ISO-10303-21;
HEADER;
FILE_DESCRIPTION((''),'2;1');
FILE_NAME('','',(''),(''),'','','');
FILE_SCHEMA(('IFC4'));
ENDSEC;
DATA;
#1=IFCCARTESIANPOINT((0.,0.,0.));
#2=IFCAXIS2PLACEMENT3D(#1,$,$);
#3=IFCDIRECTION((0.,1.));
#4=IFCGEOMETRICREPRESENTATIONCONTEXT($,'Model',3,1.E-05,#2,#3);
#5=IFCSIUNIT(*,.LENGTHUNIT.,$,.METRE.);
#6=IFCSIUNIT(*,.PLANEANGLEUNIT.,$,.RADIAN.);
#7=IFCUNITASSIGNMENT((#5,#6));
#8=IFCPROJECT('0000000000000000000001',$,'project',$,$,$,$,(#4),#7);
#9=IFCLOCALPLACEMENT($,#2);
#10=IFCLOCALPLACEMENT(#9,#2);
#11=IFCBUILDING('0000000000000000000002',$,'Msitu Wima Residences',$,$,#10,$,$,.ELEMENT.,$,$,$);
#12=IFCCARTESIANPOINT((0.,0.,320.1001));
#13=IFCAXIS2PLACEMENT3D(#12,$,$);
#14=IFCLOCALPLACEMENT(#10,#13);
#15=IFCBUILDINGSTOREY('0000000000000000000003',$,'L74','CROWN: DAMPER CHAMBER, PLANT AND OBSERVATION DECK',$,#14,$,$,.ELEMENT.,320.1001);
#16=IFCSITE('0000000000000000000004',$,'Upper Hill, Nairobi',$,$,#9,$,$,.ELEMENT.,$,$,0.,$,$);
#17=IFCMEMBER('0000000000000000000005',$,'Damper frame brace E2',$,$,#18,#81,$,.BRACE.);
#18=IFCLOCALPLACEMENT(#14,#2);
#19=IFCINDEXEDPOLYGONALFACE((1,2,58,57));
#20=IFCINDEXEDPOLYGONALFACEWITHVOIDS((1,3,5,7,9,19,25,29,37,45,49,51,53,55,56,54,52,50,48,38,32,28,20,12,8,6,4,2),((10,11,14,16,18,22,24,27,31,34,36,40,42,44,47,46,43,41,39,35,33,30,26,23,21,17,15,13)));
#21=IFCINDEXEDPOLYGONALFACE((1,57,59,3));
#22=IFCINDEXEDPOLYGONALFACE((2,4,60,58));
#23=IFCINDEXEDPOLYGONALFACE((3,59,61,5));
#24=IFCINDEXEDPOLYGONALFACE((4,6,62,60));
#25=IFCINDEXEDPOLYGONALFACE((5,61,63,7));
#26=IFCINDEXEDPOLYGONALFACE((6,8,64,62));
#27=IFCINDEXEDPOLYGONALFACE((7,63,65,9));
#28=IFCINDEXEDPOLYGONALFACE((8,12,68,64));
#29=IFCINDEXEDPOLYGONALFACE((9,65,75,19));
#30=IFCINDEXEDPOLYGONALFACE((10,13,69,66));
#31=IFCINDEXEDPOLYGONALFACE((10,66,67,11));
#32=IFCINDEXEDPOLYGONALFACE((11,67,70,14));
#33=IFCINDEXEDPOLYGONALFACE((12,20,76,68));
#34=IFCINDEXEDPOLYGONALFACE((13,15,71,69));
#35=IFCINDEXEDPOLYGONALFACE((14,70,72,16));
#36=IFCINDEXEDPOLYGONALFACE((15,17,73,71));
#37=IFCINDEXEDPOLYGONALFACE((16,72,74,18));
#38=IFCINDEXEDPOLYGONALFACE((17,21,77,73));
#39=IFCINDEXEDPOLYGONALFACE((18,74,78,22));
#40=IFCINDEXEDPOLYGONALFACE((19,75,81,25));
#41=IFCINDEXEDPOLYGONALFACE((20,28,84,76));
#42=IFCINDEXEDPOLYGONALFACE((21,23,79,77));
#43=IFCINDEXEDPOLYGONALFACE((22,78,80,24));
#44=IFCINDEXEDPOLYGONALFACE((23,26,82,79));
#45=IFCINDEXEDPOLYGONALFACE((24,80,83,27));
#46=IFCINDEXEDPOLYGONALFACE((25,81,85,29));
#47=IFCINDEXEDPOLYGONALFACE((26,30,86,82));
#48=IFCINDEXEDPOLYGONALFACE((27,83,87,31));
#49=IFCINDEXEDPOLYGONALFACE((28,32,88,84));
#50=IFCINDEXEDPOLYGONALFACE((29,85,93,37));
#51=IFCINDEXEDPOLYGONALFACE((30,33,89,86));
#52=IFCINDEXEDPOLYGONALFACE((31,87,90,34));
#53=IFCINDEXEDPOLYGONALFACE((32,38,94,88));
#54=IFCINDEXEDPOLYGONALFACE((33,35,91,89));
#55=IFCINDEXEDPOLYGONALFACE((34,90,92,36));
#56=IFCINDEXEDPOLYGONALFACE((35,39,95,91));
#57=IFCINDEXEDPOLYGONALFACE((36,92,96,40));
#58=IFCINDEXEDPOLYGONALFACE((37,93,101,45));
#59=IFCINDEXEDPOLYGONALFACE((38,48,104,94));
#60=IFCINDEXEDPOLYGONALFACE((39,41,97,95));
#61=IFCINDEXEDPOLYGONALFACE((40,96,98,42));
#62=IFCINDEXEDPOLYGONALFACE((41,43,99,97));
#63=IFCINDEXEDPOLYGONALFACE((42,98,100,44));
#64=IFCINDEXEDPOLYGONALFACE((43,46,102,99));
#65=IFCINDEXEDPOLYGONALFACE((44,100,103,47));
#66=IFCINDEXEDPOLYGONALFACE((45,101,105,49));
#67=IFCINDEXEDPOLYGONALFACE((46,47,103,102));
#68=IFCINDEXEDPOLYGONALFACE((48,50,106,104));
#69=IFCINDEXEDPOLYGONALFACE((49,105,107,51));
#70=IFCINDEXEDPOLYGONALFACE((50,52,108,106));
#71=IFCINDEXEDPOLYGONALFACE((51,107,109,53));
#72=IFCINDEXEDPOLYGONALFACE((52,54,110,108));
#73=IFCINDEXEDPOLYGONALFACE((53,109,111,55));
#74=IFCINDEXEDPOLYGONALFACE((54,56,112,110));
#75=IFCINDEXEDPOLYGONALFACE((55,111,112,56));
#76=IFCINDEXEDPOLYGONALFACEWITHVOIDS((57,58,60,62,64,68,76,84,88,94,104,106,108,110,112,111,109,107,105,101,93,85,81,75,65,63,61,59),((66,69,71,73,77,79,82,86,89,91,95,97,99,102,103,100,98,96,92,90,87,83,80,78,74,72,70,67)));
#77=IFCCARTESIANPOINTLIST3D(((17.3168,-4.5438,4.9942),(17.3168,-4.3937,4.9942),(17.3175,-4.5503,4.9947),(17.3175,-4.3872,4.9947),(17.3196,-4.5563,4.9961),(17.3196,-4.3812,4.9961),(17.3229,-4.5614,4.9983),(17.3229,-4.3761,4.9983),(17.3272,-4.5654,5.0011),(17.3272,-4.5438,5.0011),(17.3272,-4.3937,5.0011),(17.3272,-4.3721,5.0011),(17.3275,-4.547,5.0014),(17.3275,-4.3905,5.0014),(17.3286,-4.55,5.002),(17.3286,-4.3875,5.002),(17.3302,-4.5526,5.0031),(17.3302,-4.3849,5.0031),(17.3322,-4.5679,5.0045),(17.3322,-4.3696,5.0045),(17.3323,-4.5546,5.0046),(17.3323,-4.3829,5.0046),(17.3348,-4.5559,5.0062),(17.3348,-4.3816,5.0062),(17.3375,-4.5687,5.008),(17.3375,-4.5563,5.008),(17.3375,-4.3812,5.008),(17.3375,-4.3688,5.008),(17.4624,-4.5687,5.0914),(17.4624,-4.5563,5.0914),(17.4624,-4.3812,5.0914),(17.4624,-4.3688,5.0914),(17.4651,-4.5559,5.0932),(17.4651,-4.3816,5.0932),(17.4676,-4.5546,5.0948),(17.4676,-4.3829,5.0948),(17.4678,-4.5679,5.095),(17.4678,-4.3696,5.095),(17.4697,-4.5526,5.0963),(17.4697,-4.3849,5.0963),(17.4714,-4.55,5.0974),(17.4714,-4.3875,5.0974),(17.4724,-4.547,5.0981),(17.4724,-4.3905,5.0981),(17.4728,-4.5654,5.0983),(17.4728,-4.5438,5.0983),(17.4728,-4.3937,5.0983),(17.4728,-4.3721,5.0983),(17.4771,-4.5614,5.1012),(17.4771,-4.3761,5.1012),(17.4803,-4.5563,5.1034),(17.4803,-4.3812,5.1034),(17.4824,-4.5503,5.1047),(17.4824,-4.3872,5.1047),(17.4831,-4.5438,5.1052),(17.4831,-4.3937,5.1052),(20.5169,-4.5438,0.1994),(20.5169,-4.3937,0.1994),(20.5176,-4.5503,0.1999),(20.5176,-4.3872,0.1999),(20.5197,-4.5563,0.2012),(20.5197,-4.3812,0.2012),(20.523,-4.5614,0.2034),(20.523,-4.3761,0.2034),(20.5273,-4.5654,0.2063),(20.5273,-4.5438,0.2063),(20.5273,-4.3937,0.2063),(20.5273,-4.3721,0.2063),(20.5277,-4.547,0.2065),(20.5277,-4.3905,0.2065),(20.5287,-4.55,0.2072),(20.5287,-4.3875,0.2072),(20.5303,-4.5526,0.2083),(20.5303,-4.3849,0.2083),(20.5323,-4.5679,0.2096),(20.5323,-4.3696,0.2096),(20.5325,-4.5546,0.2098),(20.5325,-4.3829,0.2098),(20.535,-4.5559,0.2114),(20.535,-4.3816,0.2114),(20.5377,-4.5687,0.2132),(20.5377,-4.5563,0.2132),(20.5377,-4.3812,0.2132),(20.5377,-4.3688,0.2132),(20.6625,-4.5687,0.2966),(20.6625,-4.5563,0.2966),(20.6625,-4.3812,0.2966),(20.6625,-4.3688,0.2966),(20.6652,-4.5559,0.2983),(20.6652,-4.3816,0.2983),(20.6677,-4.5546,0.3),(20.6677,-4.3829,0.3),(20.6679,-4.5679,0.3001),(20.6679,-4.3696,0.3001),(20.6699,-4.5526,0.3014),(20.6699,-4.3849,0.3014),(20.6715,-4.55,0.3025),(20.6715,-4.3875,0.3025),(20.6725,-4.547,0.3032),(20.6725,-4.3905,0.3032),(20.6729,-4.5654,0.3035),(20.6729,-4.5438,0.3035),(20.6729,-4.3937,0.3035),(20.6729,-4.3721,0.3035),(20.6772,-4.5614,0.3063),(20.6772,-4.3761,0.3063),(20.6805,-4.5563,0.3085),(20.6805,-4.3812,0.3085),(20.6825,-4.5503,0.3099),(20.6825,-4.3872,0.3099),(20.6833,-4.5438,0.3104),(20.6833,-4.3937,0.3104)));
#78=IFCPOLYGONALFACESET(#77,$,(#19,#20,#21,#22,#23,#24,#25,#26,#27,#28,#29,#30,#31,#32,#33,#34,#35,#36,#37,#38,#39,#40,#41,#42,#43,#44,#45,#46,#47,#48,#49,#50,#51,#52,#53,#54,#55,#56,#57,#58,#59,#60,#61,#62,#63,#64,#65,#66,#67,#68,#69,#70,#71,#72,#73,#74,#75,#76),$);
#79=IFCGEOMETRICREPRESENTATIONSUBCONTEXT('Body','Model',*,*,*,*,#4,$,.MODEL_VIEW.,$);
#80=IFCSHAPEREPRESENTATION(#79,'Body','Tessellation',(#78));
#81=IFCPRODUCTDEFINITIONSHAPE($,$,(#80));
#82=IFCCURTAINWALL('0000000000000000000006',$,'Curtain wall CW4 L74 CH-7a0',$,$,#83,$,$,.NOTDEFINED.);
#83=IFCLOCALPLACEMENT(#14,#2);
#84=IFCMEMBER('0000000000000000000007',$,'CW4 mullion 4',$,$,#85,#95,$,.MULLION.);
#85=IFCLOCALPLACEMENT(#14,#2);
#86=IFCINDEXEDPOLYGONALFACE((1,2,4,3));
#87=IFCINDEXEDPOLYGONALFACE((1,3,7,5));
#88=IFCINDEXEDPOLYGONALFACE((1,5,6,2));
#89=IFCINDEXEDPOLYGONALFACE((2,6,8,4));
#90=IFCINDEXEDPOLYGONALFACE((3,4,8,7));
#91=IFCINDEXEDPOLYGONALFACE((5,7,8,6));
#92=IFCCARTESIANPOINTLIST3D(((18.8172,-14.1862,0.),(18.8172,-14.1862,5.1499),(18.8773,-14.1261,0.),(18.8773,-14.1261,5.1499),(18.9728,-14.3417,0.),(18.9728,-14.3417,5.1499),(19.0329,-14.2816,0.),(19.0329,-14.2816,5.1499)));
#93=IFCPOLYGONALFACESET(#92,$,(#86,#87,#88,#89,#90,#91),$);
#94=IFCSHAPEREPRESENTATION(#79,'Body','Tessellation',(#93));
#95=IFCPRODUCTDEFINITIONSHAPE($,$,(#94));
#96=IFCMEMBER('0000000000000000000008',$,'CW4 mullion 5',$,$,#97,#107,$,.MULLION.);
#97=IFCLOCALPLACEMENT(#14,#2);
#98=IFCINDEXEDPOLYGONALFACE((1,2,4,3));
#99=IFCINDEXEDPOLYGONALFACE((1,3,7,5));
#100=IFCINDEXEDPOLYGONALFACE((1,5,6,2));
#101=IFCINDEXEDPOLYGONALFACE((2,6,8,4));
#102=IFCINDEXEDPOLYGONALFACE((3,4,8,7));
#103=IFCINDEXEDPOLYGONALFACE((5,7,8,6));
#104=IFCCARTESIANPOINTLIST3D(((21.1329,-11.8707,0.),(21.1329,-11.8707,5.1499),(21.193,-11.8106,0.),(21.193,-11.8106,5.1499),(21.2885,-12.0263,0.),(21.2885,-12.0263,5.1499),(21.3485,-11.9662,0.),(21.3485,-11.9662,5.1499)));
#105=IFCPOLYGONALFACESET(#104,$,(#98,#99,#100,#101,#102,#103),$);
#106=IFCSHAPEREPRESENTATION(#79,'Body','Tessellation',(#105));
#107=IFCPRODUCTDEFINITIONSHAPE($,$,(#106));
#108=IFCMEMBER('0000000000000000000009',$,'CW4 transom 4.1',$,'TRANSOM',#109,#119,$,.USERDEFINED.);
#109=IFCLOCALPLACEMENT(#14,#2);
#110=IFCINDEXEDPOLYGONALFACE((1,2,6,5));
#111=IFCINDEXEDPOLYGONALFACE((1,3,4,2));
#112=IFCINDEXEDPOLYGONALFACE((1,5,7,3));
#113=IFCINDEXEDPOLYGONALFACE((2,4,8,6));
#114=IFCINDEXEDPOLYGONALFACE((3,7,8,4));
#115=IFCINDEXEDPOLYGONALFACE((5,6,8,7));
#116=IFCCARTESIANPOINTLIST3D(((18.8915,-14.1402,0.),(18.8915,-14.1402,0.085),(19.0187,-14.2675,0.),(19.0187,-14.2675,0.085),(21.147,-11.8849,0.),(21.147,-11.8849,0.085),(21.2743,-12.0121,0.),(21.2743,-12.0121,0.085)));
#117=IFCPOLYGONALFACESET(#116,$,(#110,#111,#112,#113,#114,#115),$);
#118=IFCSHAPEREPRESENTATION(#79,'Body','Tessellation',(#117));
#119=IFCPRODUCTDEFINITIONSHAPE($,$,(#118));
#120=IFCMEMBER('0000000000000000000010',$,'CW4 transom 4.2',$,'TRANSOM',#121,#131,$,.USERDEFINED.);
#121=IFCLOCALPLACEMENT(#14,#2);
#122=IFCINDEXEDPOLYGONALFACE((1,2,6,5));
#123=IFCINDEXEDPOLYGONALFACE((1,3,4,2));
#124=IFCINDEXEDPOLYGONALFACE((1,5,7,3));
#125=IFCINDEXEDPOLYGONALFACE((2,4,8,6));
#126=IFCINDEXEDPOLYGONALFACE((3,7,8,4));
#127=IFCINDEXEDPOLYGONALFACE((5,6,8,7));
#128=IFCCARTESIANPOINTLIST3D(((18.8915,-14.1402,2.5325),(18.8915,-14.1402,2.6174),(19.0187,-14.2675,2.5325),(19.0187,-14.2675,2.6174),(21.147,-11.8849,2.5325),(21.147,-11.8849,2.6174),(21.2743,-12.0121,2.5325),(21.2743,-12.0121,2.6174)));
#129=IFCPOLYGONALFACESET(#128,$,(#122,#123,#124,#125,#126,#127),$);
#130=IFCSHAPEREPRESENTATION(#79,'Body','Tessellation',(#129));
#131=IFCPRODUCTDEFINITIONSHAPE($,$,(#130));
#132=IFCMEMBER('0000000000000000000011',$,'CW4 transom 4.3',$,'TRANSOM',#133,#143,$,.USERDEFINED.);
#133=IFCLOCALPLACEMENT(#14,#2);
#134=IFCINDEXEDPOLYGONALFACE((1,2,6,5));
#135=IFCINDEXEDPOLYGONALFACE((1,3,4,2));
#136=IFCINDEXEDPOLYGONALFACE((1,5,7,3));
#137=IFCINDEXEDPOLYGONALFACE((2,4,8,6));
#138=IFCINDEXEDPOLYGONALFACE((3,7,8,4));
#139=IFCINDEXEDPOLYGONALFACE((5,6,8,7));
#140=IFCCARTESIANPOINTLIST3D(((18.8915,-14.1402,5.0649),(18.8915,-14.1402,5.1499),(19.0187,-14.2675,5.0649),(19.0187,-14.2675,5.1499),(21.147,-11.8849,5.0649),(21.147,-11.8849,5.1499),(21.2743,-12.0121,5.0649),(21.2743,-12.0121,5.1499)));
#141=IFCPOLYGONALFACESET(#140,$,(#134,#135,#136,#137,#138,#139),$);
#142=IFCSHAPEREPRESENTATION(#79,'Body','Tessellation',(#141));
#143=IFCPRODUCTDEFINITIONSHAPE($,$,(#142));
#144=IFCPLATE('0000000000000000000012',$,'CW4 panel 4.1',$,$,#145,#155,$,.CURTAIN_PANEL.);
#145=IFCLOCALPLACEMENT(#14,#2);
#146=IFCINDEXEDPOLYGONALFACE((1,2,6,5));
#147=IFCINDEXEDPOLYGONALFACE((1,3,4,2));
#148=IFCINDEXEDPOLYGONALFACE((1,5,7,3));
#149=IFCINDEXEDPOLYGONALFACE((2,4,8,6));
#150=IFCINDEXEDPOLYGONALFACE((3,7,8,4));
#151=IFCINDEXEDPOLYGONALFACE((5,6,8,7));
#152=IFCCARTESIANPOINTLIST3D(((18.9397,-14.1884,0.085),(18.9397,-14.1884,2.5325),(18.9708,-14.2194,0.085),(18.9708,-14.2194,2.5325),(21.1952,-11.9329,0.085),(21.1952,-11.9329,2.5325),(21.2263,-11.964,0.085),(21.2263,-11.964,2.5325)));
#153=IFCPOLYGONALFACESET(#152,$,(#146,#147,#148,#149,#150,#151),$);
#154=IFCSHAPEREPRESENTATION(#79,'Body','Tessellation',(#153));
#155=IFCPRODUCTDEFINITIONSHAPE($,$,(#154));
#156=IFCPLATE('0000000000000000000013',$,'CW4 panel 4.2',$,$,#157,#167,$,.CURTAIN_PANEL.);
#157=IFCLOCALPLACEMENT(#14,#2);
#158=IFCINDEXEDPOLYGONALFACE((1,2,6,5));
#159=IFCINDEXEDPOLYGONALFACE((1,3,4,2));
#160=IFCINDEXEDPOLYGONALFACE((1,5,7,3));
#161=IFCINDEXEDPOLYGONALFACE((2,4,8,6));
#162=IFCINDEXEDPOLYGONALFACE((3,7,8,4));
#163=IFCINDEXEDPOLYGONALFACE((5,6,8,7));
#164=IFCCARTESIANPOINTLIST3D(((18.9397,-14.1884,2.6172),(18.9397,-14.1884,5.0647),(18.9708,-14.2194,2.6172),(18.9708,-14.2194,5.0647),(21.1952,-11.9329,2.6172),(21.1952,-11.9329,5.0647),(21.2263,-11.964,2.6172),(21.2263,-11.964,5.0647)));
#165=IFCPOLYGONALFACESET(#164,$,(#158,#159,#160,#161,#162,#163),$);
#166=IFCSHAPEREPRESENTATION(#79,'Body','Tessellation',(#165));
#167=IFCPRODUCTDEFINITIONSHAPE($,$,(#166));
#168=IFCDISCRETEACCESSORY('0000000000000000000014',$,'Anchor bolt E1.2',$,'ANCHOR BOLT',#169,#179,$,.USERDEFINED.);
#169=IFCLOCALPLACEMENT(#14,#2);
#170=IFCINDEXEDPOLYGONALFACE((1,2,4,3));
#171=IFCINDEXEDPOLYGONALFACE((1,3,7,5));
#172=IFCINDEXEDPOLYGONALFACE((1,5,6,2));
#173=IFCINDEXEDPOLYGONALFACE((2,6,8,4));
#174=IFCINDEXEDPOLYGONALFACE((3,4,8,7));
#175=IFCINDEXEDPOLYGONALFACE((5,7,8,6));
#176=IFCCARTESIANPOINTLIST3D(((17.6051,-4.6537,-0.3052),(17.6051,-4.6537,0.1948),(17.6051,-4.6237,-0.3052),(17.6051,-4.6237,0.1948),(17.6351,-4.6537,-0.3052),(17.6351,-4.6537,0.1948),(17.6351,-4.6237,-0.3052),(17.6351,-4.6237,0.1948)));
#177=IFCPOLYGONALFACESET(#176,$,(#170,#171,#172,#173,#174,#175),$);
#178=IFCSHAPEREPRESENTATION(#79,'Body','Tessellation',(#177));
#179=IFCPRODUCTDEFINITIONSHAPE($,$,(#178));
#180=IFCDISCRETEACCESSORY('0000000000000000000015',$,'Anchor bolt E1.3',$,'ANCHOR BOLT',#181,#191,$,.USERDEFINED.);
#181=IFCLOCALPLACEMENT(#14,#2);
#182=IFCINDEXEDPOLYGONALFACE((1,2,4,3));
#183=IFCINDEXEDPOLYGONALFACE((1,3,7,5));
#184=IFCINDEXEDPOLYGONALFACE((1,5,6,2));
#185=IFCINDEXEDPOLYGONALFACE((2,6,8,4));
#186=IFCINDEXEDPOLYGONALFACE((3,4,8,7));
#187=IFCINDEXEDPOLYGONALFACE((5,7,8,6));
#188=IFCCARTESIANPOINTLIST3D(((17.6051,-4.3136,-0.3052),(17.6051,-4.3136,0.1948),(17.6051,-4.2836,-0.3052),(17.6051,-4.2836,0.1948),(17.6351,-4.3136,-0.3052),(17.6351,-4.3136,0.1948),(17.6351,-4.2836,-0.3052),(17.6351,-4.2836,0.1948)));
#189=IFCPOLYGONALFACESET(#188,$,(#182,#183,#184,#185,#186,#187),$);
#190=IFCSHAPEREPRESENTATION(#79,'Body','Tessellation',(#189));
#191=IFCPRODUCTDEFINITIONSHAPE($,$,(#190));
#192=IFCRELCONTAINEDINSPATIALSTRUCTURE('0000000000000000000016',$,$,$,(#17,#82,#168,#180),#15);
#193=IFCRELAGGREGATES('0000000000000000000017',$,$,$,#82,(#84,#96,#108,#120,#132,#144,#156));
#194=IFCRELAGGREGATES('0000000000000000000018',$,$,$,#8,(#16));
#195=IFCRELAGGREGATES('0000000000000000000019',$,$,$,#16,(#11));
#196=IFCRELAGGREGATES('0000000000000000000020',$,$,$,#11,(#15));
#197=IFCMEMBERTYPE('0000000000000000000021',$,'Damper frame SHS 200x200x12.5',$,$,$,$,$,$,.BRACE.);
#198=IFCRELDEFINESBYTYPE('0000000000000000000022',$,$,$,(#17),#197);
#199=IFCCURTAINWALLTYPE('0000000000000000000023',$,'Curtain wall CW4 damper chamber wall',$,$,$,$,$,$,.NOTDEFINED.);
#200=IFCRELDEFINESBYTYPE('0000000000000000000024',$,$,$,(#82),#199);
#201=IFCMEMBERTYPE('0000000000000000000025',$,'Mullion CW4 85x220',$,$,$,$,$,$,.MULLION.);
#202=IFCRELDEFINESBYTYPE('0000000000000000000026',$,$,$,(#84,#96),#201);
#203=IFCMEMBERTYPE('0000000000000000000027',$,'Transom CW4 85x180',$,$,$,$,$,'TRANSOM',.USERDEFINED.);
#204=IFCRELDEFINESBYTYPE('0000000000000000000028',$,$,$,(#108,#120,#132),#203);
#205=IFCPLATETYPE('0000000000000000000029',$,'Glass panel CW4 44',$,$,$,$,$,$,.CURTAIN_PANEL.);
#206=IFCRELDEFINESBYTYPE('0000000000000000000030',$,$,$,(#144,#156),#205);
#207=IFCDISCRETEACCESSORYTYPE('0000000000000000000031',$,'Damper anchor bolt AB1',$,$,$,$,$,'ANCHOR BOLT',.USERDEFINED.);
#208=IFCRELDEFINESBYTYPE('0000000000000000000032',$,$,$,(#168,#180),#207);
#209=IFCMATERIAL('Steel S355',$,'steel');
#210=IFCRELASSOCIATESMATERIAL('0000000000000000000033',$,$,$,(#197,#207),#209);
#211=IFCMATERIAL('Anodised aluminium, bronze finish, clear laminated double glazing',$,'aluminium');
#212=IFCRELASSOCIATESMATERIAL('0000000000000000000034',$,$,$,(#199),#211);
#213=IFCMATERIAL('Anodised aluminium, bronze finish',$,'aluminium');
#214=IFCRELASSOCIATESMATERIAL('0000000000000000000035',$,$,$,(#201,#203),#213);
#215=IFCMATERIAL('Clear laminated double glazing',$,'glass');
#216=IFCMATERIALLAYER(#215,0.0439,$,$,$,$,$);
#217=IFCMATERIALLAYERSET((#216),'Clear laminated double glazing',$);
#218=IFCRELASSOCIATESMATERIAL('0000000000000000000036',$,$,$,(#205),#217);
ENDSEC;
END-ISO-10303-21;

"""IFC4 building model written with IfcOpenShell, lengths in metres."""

from ifc_helpers import new_model, si_unit, direction, frame, origin, origin_2d, place, context, subcontext, project, spatial, rectangle, hollow_rectangle, extrude, material, layer, layer_set, material_profile, profile_set, type_object, element, aggregate, save


model = new_model("IFC4")

# Units and contexts
model_context = context("Model", 3, precision=1e-05, world=origin(), true_north=direction((0.0, 1.0)))
body_context = subcontext(model_context, "Body", "Model", "MODEL_VIEW")
ifc_project = project(units=[si_unit("LENGTHUNIT", "METRE"), si_unit("PLANEANGLEUNIT", "RADIAN")], contexts=[model_context])

# Site, building, storey
site_placement = place(None, origin())
site = spatial("IfcSite", under=ifc_project, at=site_placement, Name="Upper Hill, Nairobi", CompositionType="ELEMENT", RefElevation=0.0)
building_placement = place(site_placement, origin())
building = spatial("IfcBuilding", under=site, at=building_placement, Name="Msitu Wima Residences", CompositionType="ELEMENT")
storey_placement = place(building_placement, frame((0.0, 0.0, 320.1001)))
storey = spatial("IfcBuildingStorey", under=building, at=storey_placement, Name="L74", Description="CROWN: DAMPER CHAMBER, PLANT AND OBSERVATION DECK", CompositionType="ELEMENT", Elevation=320.1001)

# Shared definitions
ifc_material_1 = material(Name="Steel S355", Category="steel")

# Member
ifc_material_profile_1 = material_profile(ifc_material_1, hollow_rectangle(XDim=0.2, YDim=0.2, WallThickness=0.0125, InnerFilletRadius=0.0125, OuterFilletRadius=0.0249, at=origin_2d()), Name="SHS 200x200x12.5")
ifc_profile_set_1 = profile_set([ifc_material_profile_1], Name="Steel S355")
member_type_1 = type_object("IfcMemberType", Name="Damper frame SHS 200x200x12.5", PredefinedType="BRACE", material=ifc_profile_set_1)
member_1_placement = place(storey_placement, frame((20.6001, -4.4688, 0.2549), z_axis=(-0.55513, 0.0, 0.831764), x_axis=(0.0, -1.0, 0.0)))
element("IfcMember", 1, at=member_1_placement, inside=storey, type_object=member_type_1, Name="Damper frame brace E2", PredefinedType="BRACE", context=body_context, shape_type="SweptSolid", body=[
    extrude(hollow_rectangle(XDim=0.2, YDim=0.2, WallThickness=0.0125, InnerFilletRadius=0.0125, OuterFilletRadius=0.0249, at=origin_2d()), origin(), (0.0, 0.0, 1.0), 5.7646),
])

# Curtain wall, members, plates
ifc_material_2 = material(Name="Anodised aluminium, bronze finish, clear laminated double glazing", Category="aluminium")
curtain_wall_type = type_object("IfcCurtainWallType", Name="Curtain wall CW4 damper chamber wall", PredefinedType="NOTDEFINED", material=ifc_material_2)
curtain_wall_placement = place(storey_placement, origin())
curtain_wall = element("IfcCurtainWall", 2, at=curtain_wall_placement, inside=storey, type_object=curtain_wall_type, Name="Curtain wall CW4 L74 CH-7a0", PredefinedType="NOTDEFINED")
ifc_material_3 = material(Name="Anodised aluminium, bronze finish", Category="aluminium")
ifc_material_profile_2 = material_profile(ifc_material_3, rectangle(XDim=0.22, YDim=0.085, at=origin_2d()), Name="Mullion 85x220")
ifc_profile_set_2 = profile_set([ifc_material_profile_2], Name="Anodised aluminium, bronze finish")
member_type_2 = type_object("IfcMemberType", Name="Mullion CW4 85x220", PredefinedType="MULLION", material=ifc_profile_set_2)
member_2_placement = place(storey_placement, frame((18.925, -14.2339, 0.0), z_axis=(0.0, 0.0, 1.0), x_axis=(-0.707107, 0.707107, 0.0)))
member_2 = element("IfcMember", 3, at=member_2_placement, type_object=member_type_2, Name="CW4 mullion 4", PredefinedType="MULLION", context=body_context, shape_type="SweptSolid", body=[
    extrude(rectangle(XDim=0.22, YDim=0.085, at=origin_2d()), origin(), (0.0, 0.0, 1.0), 5.1499),
])
member_3_placement = place(storey_placement, frame((21.2407, -11.9185, 0.0), z_axis=(0.0, 0.0, 1.0), x_axis=(-0.707107, 0.707107, 0.0)))
member_3 = element("IfcMember", 4, at=member_3_placement, type_object=member_type_2, Name="CW4 mullion 5", PredefinedType="MULLION", context=body_context, shape_type="SweptSolid", body=[
    extrude(rectangle(XDim=0.22, YDim=0.085, at=origin_2d()), origin(), (0.0, 0.0, 1.0), 5.1499),
])
ifc_material_profile_3 = material_profile(ifc_material_3, rectangle(XDim=0.1799, YDim=0.085, at=origin_2d()), Name="Transom 85x180")
ifc_profile_set_3 = profile_set([ifc_material_profile_3], Name="Anodised aluminium, bronze finish")
member_type_3 = type_object("IfcMemberType", Name="Transom CW4 85x180", ElementType="TRANSOM", PredefinedType="USERDEFINED", material=ifc_profile_set_3)
member_4_placement = place(storey_placement, frame((18.9551, -14.2039, 0.0425), z_axis=(0.707145, 0.707069, 0.0), x_axis=(-0.707069, 0.707145, 0.0)))
member_4 = element("IfcMember", 5, at=member_4_placement, type_object=member_type_3, Name="CW4 transom 4.1", ObjectType="TRANSOM", PredefinedType="USERDEFINED", context=body_context, shape_type="SweptSolid", body=[
    extrude(rectangle(XDim=0.1799, YDim=0.085, at=origin_2d()), origin(), (0.0, 0.0, 1.0), 3.1897),
])
member_5_placement = place(storey_placement, frame((18.9551, -14.2039, 2.575), z_axis=(0.707145, 0.707069, 0.0), x_axis=(-0.707069, 0.707145, 0.0)))
member_5 = element("IfcMember", 6, at=member_5_placement, type_object=member_type_3, Name="CW4 transom 4.2", ObjectType="TRANSOM", PredefinedType="USERDEFINED", context=body_context, shape_type="SweptSolid", body=[
    extrude(rectangle(XDim=0.1799, YDim=0.085, at=origin_2d()), origin(), (0.0, 0.0, 1.0), 3.1897),
])
member_6_placement = place(storey_placement, frame((18.9551, -14.2039, 5.1074), z_axis=(0.707145, 0.707069, 0.0), x_axis=(-0.707069, 0.707145, 0.0)))
member_6 = element("IfcMember", 7, at=member_6_placement, type_object=member_type_3, Name="CW4 transom 4.3", ObjectType="TRANSOM", PredefinedType="USERDEFINED", context=body_context, shape_type="SweptSolid", body=[
    extrude(rectangle(XDim=0.1799, YDim=0.085, at=origin_2d()), origin(), (0.0, 0.0, 1.0), 3.1897),
])
ifc_material_4 = material(Name="Clear laminated double glazing", Category="glass")
ifc_layer_1 = layer(ifc_material_4, 0.0439)
ifc_layer_set_1 = layer_set([ifc_layer_1], Name="Clear laminated double glazing")
plate_type = type_object("IfcPlateType", Name="Glass panel CW4 44", PredefinedType="CURTAIN_PANEL", material=ifc_layer_set_1)
plate_1_placement = place(storey_placement, frame((20.083, -13.0762, 0.085), z_axis=(0.0, 0.0, 1.0), x_axis=(0.707107, 0.707107, 0.0)))
plate_1 = element("IfcPlate", 8, at=plate_1_placement, type_object=plate_type, Name="CW4 panel 4.1", PredefinedType="CURTAIN_PANEL", context=body_context, shape_type="SweptSolid", body=[
    extrude(rectangle(XDim=3.1897, YDim=0.0439, at=origin_2d()), origin(), (0.0, 0.0, 1.0), 2.4475),
])
plate_2_placement = place(storey_placement, frame((20.083, -13.0762, 2.6172), z_axis=(0.0, 0.0, 1.0), x_axis=(0.707107, 0.707107, 0.0)))
plate_2 = element("IfcPlate", 9, at=plate_2_placement, type_object=plate_type, Name="CW4 panel 4.2", PredefinedType="CURTAIN_PANEL", context=body_context, shape_type="SweptSolid", body=[
    extrude(rectangle(XDim=3.1897, YDim=0.0439, at=origin_2d()), origin(), (0.0, 0.0, 1.0), 2.4475),
])
aggregate(curtain_wall, [member_2, member_3, member_4, member_5, member_6, plate_1, plate_2])

# Discrete accessories
discrete_accessory_type_1 = type_object("IfcDiscreteAccessoryType", Name="Damper anchor bolt AB1", ElementType="ANCHOR BOLT", PredefinedType="USERDEFINED", material=ifc_material_1)
for number, where, z_axis, x_axis, name in (
    (10, (17.6201, -4.6387, -0.3052), (0.0, 0.0, 1.0), (1.0, 0.0, 0.0), "Anchor bolt E1.2"),
    (11, (17.6201, -4.2986, -0.3052), (0.0, 0.0, 1.0), (1.0, 0.0, 0.0), "Anchor bolt E1.3"),
):
    element("IfcDiscreteAccessory", number, at=place(storey_placement, frame(where, z_axis=z_axis, x_axis=x_axis)), inside=storey, type_object=discrete_accessory_type_1, Name=name, ObjectType="ANCHOR BOLT", PredefinedType="USERDEFINED", context=body_context, shape_type="SweptSolid", body=[
        extrude(rectangle(XDim=0.03, YDim=0.03, at=origin_2d()), origin(), (0.0, 0.0, 1.0), 0.5),
    ])

save(model, "model.ifc")
